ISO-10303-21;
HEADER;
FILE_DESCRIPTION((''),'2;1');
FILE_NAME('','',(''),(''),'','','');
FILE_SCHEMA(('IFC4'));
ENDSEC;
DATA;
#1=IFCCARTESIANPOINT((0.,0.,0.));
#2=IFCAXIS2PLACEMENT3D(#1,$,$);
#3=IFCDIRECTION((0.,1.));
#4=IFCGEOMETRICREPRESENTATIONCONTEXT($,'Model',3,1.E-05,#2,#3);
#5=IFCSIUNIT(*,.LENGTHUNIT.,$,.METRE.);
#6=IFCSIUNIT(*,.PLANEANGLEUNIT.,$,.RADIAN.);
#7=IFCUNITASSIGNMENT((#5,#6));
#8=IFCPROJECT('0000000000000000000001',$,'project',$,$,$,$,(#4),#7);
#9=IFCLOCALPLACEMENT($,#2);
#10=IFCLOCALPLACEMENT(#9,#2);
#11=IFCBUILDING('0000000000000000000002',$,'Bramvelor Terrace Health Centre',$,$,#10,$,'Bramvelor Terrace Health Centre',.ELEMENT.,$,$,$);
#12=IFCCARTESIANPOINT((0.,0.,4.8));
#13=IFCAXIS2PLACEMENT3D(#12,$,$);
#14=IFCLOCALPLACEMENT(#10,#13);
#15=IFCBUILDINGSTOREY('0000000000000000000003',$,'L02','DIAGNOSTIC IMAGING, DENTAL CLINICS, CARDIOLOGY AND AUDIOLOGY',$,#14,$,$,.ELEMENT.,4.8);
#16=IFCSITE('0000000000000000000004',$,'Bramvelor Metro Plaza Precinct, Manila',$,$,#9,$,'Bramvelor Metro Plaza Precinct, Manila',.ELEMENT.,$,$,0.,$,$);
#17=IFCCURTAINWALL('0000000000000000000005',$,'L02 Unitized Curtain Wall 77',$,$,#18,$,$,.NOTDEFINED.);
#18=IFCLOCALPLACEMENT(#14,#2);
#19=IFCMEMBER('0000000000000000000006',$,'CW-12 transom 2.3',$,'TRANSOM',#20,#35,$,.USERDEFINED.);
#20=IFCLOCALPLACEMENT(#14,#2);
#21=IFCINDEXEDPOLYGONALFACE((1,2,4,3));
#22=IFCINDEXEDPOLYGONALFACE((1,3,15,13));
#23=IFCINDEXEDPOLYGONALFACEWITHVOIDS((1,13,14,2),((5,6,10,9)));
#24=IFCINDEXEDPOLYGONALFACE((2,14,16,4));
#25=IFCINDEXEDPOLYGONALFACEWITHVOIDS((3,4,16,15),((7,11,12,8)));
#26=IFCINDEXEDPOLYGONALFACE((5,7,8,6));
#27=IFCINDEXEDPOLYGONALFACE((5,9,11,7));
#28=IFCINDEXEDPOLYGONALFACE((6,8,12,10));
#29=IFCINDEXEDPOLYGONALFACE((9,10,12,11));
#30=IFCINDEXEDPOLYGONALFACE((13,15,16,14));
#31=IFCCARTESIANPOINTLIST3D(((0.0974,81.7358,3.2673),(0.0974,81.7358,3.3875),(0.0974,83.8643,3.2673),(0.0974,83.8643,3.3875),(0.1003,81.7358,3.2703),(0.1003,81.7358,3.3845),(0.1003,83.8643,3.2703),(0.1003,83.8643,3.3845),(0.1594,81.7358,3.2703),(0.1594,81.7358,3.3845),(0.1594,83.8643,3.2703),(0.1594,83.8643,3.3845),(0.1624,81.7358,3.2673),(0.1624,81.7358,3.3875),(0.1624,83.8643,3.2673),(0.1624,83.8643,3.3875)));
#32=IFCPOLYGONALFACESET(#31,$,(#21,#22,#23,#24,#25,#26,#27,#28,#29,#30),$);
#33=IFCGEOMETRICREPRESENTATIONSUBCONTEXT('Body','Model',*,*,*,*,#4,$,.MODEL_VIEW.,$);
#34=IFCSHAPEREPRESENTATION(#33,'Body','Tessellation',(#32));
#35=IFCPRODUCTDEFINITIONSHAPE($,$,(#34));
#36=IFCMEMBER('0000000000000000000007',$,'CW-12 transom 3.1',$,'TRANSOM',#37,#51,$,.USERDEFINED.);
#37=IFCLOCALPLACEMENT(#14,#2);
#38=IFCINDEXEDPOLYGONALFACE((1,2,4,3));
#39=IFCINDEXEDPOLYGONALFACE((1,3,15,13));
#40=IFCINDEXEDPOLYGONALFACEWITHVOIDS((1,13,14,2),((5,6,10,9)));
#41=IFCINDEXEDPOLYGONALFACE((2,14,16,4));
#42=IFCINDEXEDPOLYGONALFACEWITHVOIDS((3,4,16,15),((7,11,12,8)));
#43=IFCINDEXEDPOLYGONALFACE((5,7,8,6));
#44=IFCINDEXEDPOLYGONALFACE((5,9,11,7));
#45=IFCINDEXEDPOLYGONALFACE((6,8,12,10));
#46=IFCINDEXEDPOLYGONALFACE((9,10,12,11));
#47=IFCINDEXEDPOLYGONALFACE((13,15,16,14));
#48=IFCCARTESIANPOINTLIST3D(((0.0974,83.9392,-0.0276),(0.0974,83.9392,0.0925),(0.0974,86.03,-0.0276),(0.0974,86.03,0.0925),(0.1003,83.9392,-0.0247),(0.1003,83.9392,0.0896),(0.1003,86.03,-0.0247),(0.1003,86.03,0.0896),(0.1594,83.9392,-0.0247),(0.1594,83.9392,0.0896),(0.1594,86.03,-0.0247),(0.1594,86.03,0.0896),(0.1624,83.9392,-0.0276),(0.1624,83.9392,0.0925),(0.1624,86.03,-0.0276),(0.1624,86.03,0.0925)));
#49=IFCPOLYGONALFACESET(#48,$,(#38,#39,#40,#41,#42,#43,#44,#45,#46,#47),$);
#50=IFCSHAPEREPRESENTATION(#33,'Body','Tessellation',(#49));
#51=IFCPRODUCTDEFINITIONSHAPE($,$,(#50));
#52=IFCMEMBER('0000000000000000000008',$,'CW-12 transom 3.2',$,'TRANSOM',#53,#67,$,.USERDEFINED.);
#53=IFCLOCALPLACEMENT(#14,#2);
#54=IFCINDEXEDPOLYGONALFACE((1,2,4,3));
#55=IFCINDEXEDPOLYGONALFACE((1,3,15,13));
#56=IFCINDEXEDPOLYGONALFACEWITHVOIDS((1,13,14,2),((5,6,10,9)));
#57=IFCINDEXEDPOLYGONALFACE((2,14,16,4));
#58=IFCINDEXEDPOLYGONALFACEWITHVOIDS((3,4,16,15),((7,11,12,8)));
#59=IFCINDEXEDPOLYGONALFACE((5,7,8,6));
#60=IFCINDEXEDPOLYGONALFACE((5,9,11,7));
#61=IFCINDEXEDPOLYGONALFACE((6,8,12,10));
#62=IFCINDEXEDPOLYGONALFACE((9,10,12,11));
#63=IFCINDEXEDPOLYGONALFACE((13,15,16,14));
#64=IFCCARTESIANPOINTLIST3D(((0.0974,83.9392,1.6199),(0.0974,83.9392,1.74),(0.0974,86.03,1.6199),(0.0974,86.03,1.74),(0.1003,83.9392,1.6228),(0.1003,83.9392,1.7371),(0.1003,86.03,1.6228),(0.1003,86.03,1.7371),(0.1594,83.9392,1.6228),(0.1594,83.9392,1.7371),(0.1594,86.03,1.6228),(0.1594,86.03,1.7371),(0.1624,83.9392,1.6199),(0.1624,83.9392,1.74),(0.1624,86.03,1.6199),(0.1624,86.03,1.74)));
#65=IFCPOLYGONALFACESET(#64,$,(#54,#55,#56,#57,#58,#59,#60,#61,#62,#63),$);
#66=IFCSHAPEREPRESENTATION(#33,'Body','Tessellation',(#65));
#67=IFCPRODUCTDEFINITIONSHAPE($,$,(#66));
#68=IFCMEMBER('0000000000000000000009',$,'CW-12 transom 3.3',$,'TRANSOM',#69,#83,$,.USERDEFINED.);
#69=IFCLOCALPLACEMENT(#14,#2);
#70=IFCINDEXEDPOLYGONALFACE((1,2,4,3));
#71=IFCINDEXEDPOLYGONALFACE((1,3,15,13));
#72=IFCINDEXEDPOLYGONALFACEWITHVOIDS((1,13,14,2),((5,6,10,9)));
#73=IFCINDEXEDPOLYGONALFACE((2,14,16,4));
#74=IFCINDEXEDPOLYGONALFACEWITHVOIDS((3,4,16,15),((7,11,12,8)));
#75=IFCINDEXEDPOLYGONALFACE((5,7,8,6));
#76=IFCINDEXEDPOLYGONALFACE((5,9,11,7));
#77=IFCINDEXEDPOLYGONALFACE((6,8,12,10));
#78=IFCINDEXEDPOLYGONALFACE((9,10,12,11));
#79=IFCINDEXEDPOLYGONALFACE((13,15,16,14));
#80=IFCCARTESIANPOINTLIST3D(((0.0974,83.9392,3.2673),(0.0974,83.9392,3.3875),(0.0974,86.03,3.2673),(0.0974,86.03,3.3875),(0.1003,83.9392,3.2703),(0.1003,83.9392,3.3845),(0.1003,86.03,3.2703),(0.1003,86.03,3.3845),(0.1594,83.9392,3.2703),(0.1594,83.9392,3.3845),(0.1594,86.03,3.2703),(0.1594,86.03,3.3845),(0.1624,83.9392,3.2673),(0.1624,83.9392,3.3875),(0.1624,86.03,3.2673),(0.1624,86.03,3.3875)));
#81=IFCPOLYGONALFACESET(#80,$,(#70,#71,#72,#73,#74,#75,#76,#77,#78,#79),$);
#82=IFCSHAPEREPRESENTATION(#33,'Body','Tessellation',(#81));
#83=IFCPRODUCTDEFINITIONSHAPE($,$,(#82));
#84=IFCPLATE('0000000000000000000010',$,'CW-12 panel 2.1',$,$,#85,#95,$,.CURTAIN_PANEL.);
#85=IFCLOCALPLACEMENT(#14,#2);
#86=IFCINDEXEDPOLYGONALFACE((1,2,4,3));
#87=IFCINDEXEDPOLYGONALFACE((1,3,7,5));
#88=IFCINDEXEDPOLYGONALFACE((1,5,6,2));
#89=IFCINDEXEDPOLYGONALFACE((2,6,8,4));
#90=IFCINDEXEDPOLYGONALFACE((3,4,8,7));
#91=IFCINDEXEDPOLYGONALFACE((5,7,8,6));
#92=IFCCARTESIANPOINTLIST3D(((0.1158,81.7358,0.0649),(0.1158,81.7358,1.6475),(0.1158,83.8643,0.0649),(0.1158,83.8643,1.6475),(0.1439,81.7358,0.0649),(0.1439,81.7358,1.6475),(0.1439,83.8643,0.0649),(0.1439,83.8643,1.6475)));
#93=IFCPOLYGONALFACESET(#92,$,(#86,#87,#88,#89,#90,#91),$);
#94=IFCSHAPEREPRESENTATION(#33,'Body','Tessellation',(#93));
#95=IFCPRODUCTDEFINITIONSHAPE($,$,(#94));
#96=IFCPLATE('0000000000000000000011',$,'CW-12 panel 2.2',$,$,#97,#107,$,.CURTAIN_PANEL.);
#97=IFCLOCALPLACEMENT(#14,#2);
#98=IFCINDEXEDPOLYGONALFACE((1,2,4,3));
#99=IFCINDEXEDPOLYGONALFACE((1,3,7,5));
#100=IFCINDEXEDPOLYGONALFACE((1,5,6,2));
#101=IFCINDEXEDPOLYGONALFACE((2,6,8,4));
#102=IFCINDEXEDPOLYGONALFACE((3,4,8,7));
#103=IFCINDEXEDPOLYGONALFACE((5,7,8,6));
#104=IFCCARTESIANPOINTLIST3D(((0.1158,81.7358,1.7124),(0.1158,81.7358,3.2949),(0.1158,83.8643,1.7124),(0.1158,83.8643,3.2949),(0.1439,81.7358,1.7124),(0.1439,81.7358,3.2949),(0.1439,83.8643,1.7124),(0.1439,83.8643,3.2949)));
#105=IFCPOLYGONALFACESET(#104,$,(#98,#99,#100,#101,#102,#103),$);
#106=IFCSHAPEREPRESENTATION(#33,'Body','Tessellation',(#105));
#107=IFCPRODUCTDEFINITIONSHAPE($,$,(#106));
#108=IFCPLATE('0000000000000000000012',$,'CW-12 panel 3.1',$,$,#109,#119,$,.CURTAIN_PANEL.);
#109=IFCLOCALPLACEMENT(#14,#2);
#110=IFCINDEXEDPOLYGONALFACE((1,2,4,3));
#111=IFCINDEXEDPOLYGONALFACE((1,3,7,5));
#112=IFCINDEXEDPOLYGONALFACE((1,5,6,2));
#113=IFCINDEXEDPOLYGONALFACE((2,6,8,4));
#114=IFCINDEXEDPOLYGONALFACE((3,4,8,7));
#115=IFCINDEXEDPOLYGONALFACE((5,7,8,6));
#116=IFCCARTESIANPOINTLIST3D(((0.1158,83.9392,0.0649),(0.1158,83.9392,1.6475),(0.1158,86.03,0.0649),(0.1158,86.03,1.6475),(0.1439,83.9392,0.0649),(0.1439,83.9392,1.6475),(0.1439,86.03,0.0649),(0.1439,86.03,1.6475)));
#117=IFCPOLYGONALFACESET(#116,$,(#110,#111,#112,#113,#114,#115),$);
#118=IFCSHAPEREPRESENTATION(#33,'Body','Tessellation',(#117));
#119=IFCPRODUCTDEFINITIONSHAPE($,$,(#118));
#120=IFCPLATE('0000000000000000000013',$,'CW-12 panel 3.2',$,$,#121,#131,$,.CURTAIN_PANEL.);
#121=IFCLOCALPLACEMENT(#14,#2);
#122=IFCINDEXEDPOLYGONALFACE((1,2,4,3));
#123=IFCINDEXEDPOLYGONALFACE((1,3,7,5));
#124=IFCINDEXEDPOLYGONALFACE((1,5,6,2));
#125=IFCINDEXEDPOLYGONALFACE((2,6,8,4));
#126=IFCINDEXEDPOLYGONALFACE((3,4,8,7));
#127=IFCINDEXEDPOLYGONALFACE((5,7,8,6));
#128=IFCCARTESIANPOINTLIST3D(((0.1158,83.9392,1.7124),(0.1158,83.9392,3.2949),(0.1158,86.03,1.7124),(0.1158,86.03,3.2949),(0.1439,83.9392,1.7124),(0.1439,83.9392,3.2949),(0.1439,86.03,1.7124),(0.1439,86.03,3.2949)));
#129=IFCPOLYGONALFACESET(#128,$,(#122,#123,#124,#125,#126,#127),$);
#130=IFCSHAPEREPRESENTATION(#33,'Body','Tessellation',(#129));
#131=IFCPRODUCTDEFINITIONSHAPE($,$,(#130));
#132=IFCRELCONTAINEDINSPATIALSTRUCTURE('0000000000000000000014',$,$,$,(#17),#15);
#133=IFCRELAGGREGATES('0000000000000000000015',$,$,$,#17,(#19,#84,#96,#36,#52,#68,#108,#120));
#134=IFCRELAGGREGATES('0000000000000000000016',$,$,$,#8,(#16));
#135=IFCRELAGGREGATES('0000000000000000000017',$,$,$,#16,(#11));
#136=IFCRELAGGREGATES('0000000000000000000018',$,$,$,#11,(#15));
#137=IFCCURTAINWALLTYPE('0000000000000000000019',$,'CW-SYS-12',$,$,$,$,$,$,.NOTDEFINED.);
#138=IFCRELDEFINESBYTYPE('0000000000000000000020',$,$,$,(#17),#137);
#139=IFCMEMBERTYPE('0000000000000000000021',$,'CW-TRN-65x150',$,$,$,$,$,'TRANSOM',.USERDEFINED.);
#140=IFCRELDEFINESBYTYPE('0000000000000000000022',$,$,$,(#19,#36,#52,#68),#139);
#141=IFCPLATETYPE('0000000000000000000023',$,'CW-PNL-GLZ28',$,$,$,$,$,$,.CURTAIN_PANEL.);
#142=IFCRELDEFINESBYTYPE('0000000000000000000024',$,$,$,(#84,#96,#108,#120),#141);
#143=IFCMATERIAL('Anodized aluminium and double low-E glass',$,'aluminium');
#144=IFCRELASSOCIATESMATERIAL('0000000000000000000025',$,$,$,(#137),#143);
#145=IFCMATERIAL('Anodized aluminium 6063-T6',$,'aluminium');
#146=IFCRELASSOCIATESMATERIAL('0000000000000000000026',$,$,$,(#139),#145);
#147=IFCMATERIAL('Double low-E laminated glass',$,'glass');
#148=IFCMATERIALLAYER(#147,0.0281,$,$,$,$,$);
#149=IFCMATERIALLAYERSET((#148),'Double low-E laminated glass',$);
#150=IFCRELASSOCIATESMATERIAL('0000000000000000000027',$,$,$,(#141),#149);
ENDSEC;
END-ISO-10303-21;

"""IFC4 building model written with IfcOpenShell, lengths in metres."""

from ifc_helpers import new_model, si_unit, direction, frame, origin, origin_2d, place, context, subcontext, project, spatial, rectangle, hollow_rectangle, extrude, material, layer, layer_set, material_profile, profile_set, type_object, element, aggregate, save


model = new_model("IFC4")

# Units and contexts
model_context = context("Model", 3, precision=1e-05, world=origin(), true_north=direction((0.0, 1.0)))
body_context = subcontext(model_context, "Body", "Model", "MODEL_VIEW")
ifc_project = project(units=[si_unit("LENGTHUNIT", "METRE"), si_unit("PLANEANGLEUNIT", "RADIAN")], contexts=[model_context])

# Site, building, storey
site_placement = place(None, origin())
site = spatial("IfcSite", under=ifc_project, at=site_placement, Name="Bramvelor Metro Plaza Precinct, Manila", LongName="Bramvelor Metro Plaza Precinct, Manila", CompositionType="ELEMENT", RefElevation=0.0)
building_placement = place(site_placement, origin())
building = spatial("IfcBuilding", under=site, at=building_placement, Name="Bramvelor Terrace Health Centre", LongName="Bramvelor Terrace Health Centre", CompositionType="ELEMENT")
storey_placement = place(building_placement, frame((0.0, 0.0, 4.8)))
storey = spatial("IfcBuildingStorey", under=building, at=storey_placement, Name="L02", Description="DIAGNOSTIC IMAGING, DENTAL CLINICS, CARDIOLOGY AND AUDIOLOGY", CompositionType="ELEMENT", Elevation=4.8)

# Curtain wall, members, plates
ifc_material_1 = material(Name="Anodized aluminium and double low-E glass", Category="aluminium")
curtain_wall_type = type_object("IfcCurtainWallType", Name="CW-SYS-12", PredefinedType="NOTDEFINED", material=ifc_material_1)
curtain_wall_placement = place(storey_placement, origin())
curtain_wall = element("IfcCurtainWall", 1, at=curtain_wall_placement, inside=storey, type_object=curtain_wall_type, Name="L02 Unitized Curtain Wall 77", PredefinedType="NOTDEFINED")
ifc_material_2 = material(Name="Anodized aluminium 6063-T6", Category="aluminium")
ifc_material_profile_1 = material_profile(ifc_material_2, hollow_rectangle(XDim=0.0649, YDim=0.1201, WallThickness=0.0029, at=origin_2d()), Name="ALU-TRN 65x120x3.0")
ifc_profile_set_1 = profile_set([ifc_material_profile_1], Name="Anodized aluminium 6063-T6")
member_type_1 = type_object("IfcMemberType", Name="CW-TRN-65x150", ElementType="TRANSOM", PredefinedType="USERDEFINED", material=ifc_profile_set_1)
member_1_placement = place(storey_placement, frame((0.1299, 81.7358, 3.3274), z_axis=(0.0, 1.0, 0.0), x_axis=(-1.0, 0.0, 0.0)))
member_1 = element("IfcMember", 2, at=member_1_placement, type_object=member_type_1, Name="CW-12 transom 2.3", ObjectType="TRANSOM", PredefinedType="USERDEFINED", context=body_context, shape_type="SweptSolid", body=[
    extrude(hollow_rectangle(XDim=0.0649, YDim=0.1201, WallThickness=0.0029, at=origin_2d()), origin(), (0.0, 0.0, 1.0), 2.1284),
])
member_2_placement = place(storey_placement, frame((0.1299, 83.9392, 0.0325), z_axis=(0.0, 1.0, 0.0), x_axis=(-1.0, 0.0, 0.0)))
member_2 = element("IfcMember", 3, at=member_2_placement, type_object=member_type_1, Name="CW-12 transom 3.1", ObjectType="TRANSOM", PredefinedType="USERDEFINED", context=body_context, shape_type="SweptSolid", body=[
    extrude(hollow_rectangle(XDim=0.0649, YDim=0.1201, WallThickness=0.0029, at=origin_2d()), origin(), (0.0, 0.0, 1.0), 2.0908),
])
member_3_placement = place(storey_placement, frame((0.1299, 83.9392, 1.6799), z_axis=(0.0, 1.0, 0.0), x_axis=(-1.0, 0.0, 0.0)))
member_3 = element("IfcMember", 4, at=member_3_placement, type_object=member_type_1, Name="CW-12 transom 3.2", ObjectType="TRANSOM", PredefinedType="USERDEFINED", context=body_context, shape_type="SweptSolid", body=[
    extrude(hollow_rectangle(XDim=0.0649, YDim=0.1201, WallThickness=0.0029, at=origin_2d()), origin(), (0.0, 0.0, 1.0), 2.0908),
])
member_4_placement = place(storey_placement, frame((0.1299, 83.9392, 3.3274), z_axis=(0.0, 1.0, 0.0), x_axis=(-1.0, 0.0, 0.0)))
member_4 = element("IfcMember", 5, at=member_4_placement, type_object=member_type_1, Name="CW-12 transom 3.3", ObjectType="TRANSOM", PredefinedType="USERDEFINED", context=body_context, shape_type="SweptSolid", body=[
    extrude(hollow_rectangle(XDim=0.0649, YDim=0.1201, WallThickness=0.0029, at=origin_2d()), origin(), (0.0, 0.0, 1.0), 2.0908),
])
ifc_material_3 = material(Name="Double low-E laminated glass", Category="glass")
ifc_layer = layer(ifc_material_3, 0.0281)
ifc_layer_set = layer_set([ifc_layer], Name="Double low-E laminated glass")
plate_type = type_object("IfcPlateType", Name="CW-PNL-GLZ28", PredefinedType="CURTAIN_PANEL", material=ifc_layer_set)
plate_1_placement = place(storey_placement, frame((0.1299, 82.8, 0.0649), z_axis=(0.0, 0.0, 1.0), x_axis=(0.0, 1.0, 0.0)))
plate_1 = element("IfcPlate", 6, at=plate_1_placement, type_object=plate_type, Name="CW-12 panel 2.1", PredefinedType="CURTAIN_PANEL", context=body_context, shape_type="SweptSolid", body=[
    extrude(rectangle(XDim=2.1284, YDim=0.0281, at=origin_2d()), origin(), (0.0, 0.0, 1.0), 1.5825),
])
plate_2_placement = place(storey_placement, frame((0.1299, 82.8, 1.7124), z_axis=(0.0, 0.0, 1.0), x_axis=(0.0, 1.0, 0.0)))
plate_2 = element("IfcPlate", 7, at=plate_2_placement, type_object=plate_type, Name="CW-12 panel 2.2", PredefinedType="CURTAIN_PANEL", context=body_context, shape_type="SweptSolid", body=[
    extrude(rectangle(XDim=2.1284, YDim=0.0281, at=origin_2d()), origin(), (0.0, 0.0, 1.0), 1.5825),
])
plate_3_placement = place(storey_placement, frame((0.1299, 84.9846, 0.0649), z_axis=(0.0, 0.0, 1.0), x_axis=(0.0, 1.0, 0.0)))
plate_3 = element("IfcPlate", 8, at=plate_3_placement, type_object=plate_type, Name="CW-12 panel 3.1", PredefinedType="CURTAIN_PANEL", context=body_context, shape_type="SweptSolid", body=[
    extrude(rectangle(XDim=2.0908, YDim=0.0281, at=origin_2d()), origin(), (0.0, 0.0, 1.0), 1.5825),
])
plate_4_placement = place(storey_placement, frame((0.1299, 84.9846, 1.7124), z_axis=(0.0, 0.0, 1.0), x_axis=(0.0, 1.0, 0.0)))
plate_4 = element("IfcPlate", 9, at=plate_4_placement, type_object=plate_type, Name="CW-12 panel 3.2", PredefinedType="CURTAIN_PANEL", context=body_context, shape_type="SweptSolid", body=[
    extrude(rectangle(XDim=2.0908, YDim=0.0281, at=origin_2d()), origin(), (0.0, 0.0, 1.0), 1.5825),
])
aggregate(curtain_wall, [member_1, plate_1, plate_2, member_2, member_3, member_4, plate_3, plate_4])

save(model, "model.ifc")
